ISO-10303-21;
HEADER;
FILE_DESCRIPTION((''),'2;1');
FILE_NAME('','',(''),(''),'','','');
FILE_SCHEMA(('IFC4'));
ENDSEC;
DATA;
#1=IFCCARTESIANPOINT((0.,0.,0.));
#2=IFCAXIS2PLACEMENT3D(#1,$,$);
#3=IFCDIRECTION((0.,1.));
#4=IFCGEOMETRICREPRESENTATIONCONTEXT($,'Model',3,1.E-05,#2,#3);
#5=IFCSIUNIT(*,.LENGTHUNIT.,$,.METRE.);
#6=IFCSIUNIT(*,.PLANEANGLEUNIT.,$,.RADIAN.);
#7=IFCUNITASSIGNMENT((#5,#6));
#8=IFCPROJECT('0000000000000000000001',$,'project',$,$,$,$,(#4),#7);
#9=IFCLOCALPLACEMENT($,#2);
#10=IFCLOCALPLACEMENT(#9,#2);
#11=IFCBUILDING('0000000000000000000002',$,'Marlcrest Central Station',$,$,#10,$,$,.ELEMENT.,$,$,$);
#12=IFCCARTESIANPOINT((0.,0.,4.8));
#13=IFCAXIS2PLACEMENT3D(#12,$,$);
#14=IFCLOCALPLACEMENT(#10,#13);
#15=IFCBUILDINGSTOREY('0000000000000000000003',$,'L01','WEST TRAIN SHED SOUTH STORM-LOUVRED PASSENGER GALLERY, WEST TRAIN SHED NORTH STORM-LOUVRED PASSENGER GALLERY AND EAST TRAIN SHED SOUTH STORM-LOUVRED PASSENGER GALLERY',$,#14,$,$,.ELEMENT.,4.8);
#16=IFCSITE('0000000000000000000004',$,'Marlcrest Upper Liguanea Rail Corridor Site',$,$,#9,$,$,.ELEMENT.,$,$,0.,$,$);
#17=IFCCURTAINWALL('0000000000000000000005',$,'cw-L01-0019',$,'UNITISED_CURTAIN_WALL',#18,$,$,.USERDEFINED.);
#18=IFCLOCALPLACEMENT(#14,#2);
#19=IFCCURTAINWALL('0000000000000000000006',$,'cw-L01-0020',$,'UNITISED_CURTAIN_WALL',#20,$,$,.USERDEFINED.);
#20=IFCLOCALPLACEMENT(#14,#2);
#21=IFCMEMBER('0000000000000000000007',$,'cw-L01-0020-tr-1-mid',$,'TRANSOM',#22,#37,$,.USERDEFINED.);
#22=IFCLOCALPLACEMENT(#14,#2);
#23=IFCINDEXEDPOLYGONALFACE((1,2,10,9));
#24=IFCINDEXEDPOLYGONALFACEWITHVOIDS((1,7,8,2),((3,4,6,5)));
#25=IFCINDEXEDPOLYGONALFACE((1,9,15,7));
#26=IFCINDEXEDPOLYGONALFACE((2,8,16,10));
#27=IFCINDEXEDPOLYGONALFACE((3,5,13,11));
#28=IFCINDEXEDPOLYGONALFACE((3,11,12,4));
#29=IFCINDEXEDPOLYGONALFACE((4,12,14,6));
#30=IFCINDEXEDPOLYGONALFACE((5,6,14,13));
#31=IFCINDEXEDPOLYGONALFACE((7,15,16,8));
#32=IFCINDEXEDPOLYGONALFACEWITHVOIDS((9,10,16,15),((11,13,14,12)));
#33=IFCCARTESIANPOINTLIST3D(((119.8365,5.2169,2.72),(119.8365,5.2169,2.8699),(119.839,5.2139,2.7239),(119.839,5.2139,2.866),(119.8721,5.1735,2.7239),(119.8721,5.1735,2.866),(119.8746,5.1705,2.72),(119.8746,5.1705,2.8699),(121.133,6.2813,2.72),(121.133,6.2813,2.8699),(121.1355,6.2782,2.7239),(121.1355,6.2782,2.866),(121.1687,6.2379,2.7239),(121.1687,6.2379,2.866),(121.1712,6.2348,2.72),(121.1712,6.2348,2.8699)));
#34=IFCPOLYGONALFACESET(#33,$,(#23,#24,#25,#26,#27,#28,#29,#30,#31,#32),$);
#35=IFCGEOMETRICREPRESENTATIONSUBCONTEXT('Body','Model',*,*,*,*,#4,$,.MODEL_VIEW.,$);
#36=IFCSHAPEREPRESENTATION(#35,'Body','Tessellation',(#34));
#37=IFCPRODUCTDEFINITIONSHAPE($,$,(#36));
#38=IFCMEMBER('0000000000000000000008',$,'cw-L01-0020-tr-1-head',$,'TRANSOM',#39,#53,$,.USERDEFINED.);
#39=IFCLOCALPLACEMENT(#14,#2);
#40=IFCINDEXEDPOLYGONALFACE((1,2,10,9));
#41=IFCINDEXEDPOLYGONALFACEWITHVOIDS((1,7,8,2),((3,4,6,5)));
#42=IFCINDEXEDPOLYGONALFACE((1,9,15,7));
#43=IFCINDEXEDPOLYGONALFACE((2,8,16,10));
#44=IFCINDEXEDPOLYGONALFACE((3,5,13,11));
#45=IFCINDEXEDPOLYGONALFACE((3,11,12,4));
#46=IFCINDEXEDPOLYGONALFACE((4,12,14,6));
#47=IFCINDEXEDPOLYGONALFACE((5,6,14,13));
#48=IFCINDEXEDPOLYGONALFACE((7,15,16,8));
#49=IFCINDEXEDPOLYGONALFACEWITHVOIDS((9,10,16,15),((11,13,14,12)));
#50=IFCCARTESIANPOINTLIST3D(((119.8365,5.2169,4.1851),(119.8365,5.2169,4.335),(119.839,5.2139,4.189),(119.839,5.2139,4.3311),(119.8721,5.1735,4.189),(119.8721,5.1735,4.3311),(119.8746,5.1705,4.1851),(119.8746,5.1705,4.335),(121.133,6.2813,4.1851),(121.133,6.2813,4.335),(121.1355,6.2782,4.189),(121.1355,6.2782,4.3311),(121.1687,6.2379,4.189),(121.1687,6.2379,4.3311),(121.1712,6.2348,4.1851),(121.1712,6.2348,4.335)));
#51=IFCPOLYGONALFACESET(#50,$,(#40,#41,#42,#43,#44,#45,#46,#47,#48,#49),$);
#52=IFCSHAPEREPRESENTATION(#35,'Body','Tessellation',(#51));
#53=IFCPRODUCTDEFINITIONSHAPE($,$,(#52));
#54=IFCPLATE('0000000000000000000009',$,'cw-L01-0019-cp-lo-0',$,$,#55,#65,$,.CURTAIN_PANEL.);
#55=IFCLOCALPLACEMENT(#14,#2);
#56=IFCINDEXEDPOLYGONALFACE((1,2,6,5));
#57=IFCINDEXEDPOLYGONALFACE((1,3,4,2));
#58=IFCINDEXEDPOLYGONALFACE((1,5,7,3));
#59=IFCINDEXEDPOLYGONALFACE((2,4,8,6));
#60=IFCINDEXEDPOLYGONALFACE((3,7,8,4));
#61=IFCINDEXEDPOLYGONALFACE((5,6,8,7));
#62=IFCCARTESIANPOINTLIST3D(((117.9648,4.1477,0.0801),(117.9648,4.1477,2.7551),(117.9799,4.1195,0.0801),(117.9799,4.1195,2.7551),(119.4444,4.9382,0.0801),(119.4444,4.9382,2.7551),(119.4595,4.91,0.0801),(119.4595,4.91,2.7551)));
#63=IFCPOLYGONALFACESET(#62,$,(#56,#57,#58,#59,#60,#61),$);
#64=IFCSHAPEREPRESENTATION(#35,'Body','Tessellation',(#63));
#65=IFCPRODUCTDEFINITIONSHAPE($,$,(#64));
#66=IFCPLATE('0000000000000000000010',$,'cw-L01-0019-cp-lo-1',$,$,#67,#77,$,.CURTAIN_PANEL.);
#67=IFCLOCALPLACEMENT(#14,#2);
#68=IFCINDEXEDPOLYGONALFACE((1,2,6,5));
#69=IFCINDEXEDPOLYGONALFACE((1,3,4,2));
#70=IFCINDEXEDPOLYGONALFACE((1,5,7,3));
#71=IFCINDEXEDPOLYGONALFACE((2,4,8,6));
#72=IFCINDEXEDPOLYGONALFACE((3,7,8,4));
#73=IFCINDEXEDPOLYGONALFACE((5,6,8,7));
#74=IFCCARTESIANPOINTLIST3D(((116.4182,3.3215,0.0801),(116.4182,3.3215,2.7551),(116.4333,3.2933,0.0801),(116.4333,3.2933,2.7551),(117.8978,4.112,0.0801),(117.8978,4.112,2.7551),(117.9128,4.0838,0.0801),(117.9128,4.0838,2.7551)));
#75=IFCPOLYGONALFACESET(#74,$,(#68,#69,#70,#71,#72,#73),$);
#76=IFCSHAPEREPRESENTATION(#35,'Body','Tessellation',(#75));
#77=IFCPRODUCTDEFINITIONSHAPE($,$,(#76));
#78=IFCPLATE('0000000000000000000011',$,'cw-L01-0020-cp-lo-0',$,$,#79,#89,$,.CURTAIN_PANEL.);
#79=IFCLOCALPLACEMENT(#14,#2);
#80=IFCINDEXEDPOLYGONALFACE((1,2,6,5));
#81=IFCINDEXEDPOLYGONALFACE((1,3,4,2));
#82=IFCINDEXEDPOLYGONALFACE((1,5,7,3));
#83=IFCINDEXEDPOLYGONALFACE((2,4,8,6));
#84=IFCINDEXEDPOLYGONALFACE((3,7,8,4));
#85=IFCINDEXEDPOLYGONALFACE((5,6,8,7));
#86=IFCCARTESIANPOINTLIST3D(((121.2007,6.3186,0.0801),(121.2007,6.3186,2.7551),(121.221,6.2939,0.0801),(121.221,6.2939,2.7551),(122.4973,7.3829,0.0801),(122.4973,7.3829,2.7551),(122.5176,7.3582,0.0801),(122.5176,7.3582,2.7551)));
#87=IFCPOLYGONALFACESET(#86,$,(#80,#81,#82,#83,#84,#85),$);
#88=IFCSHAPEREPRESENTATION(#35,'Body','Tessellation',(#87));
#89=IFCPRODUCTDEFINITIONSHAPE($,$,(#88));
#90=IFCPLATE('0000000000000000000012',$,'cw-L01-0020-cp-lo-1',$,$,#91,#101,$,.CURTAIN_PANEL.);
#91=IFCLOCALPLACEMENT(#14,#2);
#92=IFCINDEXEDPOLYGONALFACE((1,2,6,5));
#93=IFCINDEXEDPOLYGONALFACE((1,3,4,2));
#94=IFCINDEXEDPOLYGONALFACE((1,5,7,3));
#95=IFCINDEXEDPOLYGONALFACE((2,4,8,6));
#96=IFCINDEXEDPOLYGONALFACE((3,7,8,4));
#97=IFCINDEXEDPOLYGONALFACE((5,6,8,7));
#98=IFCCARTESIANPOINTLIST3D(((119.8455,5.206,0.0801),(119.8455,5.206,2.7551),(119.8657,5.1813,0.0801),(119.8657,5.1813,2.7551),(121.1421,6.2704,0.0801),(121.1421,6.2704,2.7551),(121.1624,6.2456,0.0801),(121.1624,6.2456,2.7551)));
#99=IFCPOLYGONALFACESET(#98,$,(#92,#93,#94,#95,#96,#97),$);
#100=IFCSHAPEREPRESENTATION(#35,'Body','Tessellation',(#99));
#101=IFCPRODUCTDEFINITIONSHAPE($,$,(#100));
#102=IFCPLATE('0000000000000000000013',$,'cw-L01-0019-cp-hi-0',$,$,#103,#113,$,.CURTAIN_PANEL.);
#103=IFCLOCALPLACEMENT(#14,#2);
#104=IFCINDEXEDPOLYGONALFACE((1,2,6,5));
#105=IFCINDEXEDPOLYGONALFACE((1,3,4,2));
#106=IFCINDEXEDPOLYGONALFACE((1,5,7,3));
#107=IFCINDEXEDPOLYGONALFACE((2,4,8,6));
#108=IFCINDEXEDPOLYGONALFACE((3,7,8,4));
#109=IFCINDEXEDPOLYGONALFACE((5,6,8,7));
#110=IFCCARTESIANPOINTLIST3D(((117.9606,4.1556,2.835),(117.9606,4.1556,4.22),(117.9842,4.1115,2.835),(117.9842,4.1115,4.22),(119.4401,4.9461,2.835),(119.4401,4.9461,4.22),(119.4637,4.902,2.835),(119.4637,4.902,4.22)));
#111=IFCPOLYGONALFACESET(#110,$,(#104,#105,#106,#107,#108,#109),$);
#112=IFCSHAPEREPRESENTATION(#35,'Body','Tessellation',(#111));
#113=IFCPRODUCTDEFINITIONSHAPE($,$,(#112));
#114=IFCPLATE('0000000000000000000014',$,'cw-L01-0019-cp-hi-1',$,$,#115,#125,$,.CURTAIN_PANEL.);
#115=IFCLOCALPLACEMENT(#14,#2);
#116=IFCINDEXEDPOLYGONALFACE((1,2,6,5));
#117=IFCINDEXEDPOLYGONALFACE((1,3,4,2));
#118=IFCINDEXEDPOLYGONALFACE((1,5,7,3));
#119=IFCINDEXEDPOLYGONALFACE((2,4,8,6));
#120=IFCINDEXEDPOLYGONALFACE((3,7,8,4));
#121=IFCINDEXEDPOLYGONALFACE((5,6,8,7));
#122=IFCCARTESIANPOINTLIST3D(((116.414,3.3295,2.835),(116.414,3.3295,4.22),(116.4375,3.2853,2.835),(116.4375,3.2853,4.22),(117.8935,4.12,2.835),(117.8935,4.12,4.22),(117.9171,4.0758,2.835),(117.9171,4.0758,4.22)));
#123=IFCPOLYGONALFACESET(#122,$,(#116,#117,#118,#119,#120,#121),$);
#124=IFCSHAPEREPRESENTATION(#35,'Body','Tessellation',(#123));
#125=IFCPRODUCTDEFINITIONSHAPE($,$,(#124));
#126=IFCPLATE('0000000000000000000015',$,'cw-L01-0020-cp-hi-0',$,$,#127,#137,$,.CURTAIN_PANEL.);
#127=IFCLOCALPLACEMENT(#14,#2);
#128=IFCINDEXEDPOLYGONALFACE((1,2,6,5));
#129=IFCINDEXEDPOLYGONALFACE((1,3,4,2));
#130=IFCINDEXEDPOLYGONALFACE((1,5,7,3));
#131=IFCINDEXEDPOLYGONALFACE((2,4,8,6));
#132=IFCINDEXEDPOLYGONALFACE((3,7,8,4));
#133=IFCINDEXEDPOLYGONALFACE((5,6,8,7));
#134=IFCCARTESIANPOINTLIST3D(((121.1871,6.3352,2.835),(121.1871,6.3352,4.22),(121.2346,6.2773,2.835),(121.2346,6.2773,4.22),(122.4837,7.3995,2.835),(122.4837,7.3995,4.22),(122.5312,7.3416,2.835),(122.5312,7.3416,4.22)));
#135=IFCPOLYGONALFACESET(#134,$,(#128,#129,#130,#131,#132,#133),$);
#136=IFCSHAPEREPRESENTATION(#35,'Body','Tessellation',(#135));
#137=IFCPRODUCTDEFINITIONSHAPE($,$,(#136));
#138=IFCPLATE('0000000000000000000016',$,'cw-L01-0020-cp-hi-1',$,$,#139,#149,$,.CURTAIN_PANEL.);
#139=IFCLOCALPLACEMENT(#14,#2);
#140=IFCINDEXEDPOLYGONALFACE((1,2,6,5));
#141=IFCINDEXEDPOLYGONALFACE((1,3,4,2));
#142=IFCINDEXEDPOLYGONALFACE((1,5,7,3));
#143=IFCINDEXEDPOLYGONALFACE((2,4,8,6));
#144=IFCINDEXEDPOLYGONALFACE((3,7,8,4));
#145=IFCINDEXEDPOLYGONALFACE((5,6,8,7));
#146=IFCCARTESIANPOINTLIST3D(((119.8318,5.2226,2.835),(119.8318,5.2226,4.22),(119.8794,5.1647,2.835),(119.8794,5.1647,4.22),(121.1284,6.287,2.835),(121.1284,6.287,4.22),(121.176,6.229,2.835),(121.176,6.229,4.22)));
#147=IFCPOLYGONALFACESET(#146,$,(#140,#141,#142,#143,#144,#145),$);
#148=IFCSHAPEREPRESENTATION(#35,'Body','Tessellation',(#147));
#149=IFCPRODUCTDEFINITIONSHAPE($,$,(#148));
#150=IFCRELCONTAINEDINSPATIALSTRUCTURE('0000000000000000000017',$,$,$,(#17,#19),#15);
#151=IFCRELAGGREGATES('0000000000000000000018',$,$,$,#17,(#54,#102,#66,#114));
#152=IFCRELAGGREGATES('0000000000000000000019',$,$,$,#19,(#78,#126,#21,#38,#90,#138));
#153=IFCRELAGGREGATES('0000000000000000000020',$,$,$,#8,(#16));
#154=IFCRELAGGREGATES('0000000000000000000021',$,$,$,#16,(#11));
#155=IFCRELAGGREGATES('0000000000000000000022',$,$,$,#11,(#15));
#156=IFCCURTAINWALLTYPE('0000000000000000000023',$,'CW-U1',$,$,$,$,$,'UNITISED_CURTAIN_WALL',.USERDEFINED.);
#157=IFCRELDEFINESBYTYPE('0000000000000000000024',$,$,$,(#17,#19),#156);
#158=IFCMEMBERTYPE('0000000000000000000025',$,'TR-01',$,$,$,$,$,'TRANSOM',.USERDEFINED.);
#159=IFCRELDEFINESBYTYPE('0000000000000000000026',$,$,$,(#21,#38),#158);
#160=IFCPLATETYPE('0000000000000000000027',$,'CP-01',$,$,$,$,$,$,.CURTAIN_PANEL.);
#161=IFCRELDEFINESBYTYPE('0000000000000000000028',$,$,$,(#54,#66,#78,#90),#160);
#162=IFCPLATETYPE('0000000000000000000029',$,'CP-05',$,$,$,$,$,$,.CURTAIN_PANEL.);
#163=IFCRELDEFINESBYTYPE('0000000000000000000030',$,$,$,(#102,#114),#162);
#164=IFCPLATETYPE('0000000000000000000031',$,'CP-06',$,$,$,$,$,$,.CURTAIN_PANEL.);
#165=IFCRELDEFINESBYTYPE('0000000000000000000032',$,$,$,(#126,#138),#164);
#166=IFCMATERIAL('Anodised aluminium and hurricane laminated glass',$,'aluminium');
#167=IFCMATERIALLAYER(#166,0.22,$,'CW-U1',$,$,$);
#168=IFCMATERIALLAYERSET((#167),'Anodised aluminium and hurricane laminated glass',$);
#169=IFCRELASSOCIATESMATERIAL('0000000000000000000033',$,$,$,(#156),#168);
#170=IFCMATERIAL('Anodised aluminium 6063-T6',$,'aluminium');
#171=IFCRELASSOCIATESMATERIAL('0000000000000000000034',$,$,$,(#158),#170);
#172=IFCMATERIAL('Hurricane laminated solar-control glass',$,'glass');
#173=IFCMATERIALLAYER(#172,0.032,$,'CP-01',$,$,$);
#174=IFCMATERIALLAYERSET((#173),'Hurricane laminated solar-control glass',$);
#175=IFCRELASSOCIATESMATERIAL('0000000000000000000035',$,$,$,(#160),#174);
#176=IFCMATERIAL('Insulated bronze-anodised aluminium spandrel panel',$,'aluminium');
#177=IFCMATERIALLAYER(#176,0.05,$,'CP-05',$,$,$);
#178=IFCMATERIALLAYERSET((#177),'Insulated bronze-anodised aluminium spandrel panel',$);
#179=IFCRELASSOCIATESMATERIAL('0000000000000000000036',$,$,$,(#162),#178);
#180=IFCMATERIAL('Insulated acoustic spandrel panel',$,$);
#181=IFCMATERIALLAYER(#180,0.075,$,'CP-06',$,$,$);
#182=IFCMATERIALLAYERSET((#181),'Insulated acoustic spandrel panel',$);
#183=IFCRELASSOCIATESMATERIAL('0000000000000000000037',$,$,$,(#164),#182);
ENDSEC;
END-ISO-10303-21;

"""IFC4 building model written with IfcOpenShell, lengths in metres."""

from ifc_helpers import new_model, si_unit, direction, frame, origin, origin_2d, place, context, subcontext, project, spatial, rectangle, hollow_rectangle, extrude, material, layer, layer_set, material_profile, profile_set, type_object, element, aggregate, save


model = new_model("IFC4")

# Units and contexts
model_context = context("Model", 3, precision=1e-05, world=origin(), true_north=direction((0.0, 1.0)))
body_context = subcontext(model_context, "Body", "Model", "MODEL_VIEW")
ifc_project = project(units=[si_unit("LENGTHUNIT", "METRE"), si_unit("PLANEANGLEUNIT", "RADIAN")], contexts=[model_context])

# Site, building, storey
site_placement = place(None, origin())
site = spatial("IfcSite", under=ifc_project, at=site_placement, Name="Marlcrest Upper Liguanea Rail Corridor Site", CompositionType="ELEMENT", RefElevation=0.0)
building_placement = place(site_placement, origin())
building = spatial("IfcBuilding", under=site, at=building_placement, Name="Marlcrest Central Station", CompositionType="ELEMENT")
storey_placement = place(building_placement, frame((0.0, 0.0, 4.8)))
storey = spatial("IfcBuildingStorey", under=building, at=storey_placement, Name="L01", Description="WEST TRAIN SHED SOUTH STORM-LOUVRED PASSENGER GALLERY, WEST TRAIN SHED NORTH STORM-LOUVRED PASSENGER GALLERY AND EAST TRAIN SHED SOUTH STORM-LOUVRED PASSENGER GALLERY", CompositionType="ELEMENT", Elevation=4.8)

# Curtain walls
ifc_material_1 = material(Name="Anodised aluminium and hurricane laminated glass", Category="aluminium")
ifc_layer_1 = layer(ifc_material_1, 0.22, Name="CW-U1")
ifc_layer_set_1 = layer_set([ifc_layer_1], Name="Anodised aluminium and hurricane laminated glass")
curtain_wall_type = type_object("IfcCurtainWallType", Name="CW-U1", ElementType="UNITISED_CURTAIN_WALL", PredefinedType="USERDEFINED", material=ifc_layer_set_1)
curtain_wall_1_placement = place(storey_placement, origin())
curtain_wall_1 = element("IfcCurtainWall", 1, at=curtain_wall_1_placement, inside=storey, type_object=curtain_wall_type, Name="cw-L01-0019", ObjectType="UNITISED_CURTAIN_WALL", PredefinedType="USERDEFINED")
ifc_material_2 = material(Name="Anodised aluminium 6063-T6", Category="aluminium")
curtain_wall_2_placement = place(storey_placement, origin())
curtain_wall_2 = element("IfcCurtainWall", 2, at=curtain_wall_2_placement, inside=storey, type_object=curtain_wall_type, Name="cw-L01-0020", ObjectType="UNITISED_CURTAIN_WALL", PredefinedType="USERDEFINED")

# Members
ifc_material_profile_1 = material_profile(ifc_material_2, hollow_rectangle(XDim=0.0601, YDim=0.1499, WallThickness=0.0039, at=origin_2d()), Name="AA-RHS 150x60x4")
ifc_profile_set_1 = profile_set([ifc_material_profile_1], Name="Anodised aluminium 6063-T6")
member_type_1 = type_object("IfcMemberType", Name="TR-01", ElementType="TRANSOM", PredefinedType="USERDEFINED", material=ifc_profile_set_1)
member_1_placement = place(storey_placement, frame((121.1521, 6.2581, 2.7949), z_axis=(-0.772912, -0.634513, 0.0), x_axis=(0.634513, -0.772912, 0.0)))
member_1 = element("IfcMember", 3, at=member_1_placement, type_object=member_type_1, Name="cw-L01-0020-tr-1-mid", ObjectType="TRANSOM", PredefinedType="USERDEFINED", context=body_context, shape_type="SweptSolid", body=[
    extrude(hollow_rectangle(XDim=0.0601, YDim=0.1499, WallThickness=0.0039, at=origin_2d()), origin(), (0.0, 0.0, 1.0), 1.6775),
])
member_2_placement = place(storey_placement, frame((121.1521, 6.2581, 4.26), z_axis=(-0.772912, -0.634513, 0.0), x_axis=(0.634513, -0.772912, 0.0)))
member_2 = element("IfcMember", 4, at=member_2_placement, type_object=member_type_1, Name="cw-L01-0020-tr-1-head", ObjectType="TRANSOM", PredefinedType="USERDEFINED", context=body_context, shape_type="SweptSolid", body=[
    extrude(hollow_rectangle(XDim=0.0601, YDim=0.1499, WallThickness=0.0039, at=origin_2d()), origin(), (0.0, 0.0, 1.0), 1.6775),
])

# Plates
ifc_material_3 = material(Name="Hurricane laminated solar-control glass", Category="glass")
ifc_layer_2 = layer(ifc_material_3, 0.032, Name="CP-01")
ifc_layer_set_2 = layer_set([ifc_layer_2], Name="Hurricane laminated solar-control glass")
plate_type_1 = type_object("IfcPlateType", Name="CP-01", PredefinedType="CURTAIN_PANEL", material=ifc_layer_set_2)
plate_1_placement = place(storey_placement, frame((118.7122, 4.5288, 0.0801), z_axis=(0.0, 0.0, 1.0), x_axis=(-0.882004, -0.471243, 0.0)))
plate_1 = element("IfcPlate", 5, at=plate_1_placement, type_object=plate_type_1, Name="cw-L01-0019-cp-lo-0", PredefinedType="CURTAIN_PANEL", context=body_context, shape_type="SweptSolid", body=[
    extrude(rectangle(XDim=1.6775, YDim=0.032, at=origin_2d()), origin(), (0.0, 0.0, 1.0), 2.675),
])
plate_2_placement = place(storey_placement, frame((117.1655, 3.7026, 0.0801), z_axis=(0.0, 0.0, 1.0), x_axis=(-0.882004, -0.471243, 0.0)))
plate_2 = element("IfcPlate", 6, at=plate_2_placement, type_object=plate_type_1, Name="cw-L01-0019-cp-lo-1", PredefinedType="CURTAIN_PANEL", context=body_context, shape_type="SweptSolid", body=[
    extrude(rectangle(XDim=1.6775, YDim=0.032, at=origin_2d()), origin(), (0.0, 0.0, 1.0), 2.675),
])
plate_3_placement = place(storey_placement, frame((121.8591, 6.8384, 0.0801), z_axis=(0.0, 0.0, 1.0), x_axis=(-0.772944, -0.634474, 0.0)))
plate_3 = element("IfcPlate", 7, at=plate_3_placement, type_object=plate_type_1, Name="cw-L01-0020-cp-lo-0", PredefinedType="CURTAIN_PANEL", context=body_context, shape_type="SweptSolid", body=[
    extrude(rectangle(XDim=1.6775, YDim=0.032, at=origin_2d()), origin(), (0.0, 0.0, 1.0), 2.675),
])
plate_4_placement = place(storey_placement, frame((120.5039, 5.7258, 0.0801), z_axis=(0.0, 0.0, 1.0), x_axis=(-0.772944, -0.634474, 0.0)))
plate_4 = element("IfcPlate", 8, at=plate_4_placement, type_object=plate_type_1, Name="cw-L01-0020-cp-lo-1", PredefinedType="CURTAIN_PANEL", context=body_context, shape_type="SweptSolid", body=[
    extrude(rectangle(XDim=1.6775, YDim=0.032, at=origin_2d()), origin(), (0.0, 0.0, 1.0), 2.675),
])
ifc_material_4 = material(Name="Insulated bronze-anodised aluminium spandrel panel", Category="aluminium")
ifc_layer_3 = layer(ifc_material_4, 0.05, Name="CP-05")
ifc_layer_set_3 = layer_set([ifc_layer_3], Name="Insulated bronze-anodised aluminium spandrel panel")
plate_type_2 = type_object("IfcPlateType", Name="CP-05", PredefinedType="CURTAIN_PANEL", material=ifc_layer_set_3)
plate_5_placement = place(storey_placement, frame((118.7122, 4.5288, 2.835), z_axis=(0.0, 0.0, 1.0), x_axis=(-0.882004, -0.471243, 0.0)))
plate_5 = element("IfcPlate", 9, at=plate_5_placement, type_object=plate_type_2, Name="cw-L01-0019-cp-hi-0", PredefinedType="CURTAIN_PANEL", context=body_context, shape_type="SweptSolid", body=[
    extrude(rectangle(XDim=1.6775, YDim=0.05, at=origin_2d()), origin(), (0.0, 0.0, 1.0), 1.385),
])
plate_6_placement = place(storey_placement, frame((117.1655, 3.7026, 2.835), z_axis=(0.0, 0.0, 1.0), x_axis=(-0.882004, -0.471243, 0.0)))
plate_6 = element("IfcPlate", 10, at=plate_6_placement, type_object=plate_type_2, Name="cw-L01-0019-cp-hi-1", PredefinedType="CURTAIN_PANEL", context=body_context, shape_type="SweptSolid", body=[
    extrude(rectangle(XDim=1.6775, YDim=0.05, at=origin_2d()), origin(), (0.0, 0.0, 1.0), 1.385),
])
aggregate(curtain_wall_1, [plate_1, plate_5, plate_2, plate_6])
ifc_material_5 = material(Name="Insulated acoustic spandrel panel")
ifc_layer_4 = layer(ifc_material_5, 0.075, Name="CP-06")
ifc_layer_set_4 = layer_set([ifc_layer_4], Name="Insulated acoustic spandrel panel")
plate_type_3 = type_object("IfcPlateType", Name="CP-06", PredefinedType="CURTAIN_PANEL", material=ifc_layer_set_4)
plate_7_placement = place(storey_placement, frame((121.8591, 6.8384, 2.835), z_axis=(0.0, 0.0, 1.0), x_axis=(-0.772944, -0.634474, 0.0)))
plate_7 = element("IfcPlate", 11, at=plate_7_placement, type_object=plate_type_3, Name="cw-L01-0020-cp-hi-0", PredefinedType="CURTAIN_PANEL", context=body_context, shape_type="SweptSolid", body=[
    extrude(rectangle(XDim=1.6775, YDim=0.075, at=origin_2d()), origin(), (0.0, 0.0, 1.0), 1.385),
])
plate_8_placement = place(storey_placement, frame((120.5039, 5.7258, 2.835), z_axis=(0.0, 0.0, 1.0), x_axis=(-0.772944, -0.634474, 0.0)))
plate_8 = element("IfcPlate", 12, at=plate_8_placement, type_object=plate_type_3, Name="cw-L01-0020-cp-hi-1", PredefinedType="CURTAIN_PANEL", context=body_context, shape_type="SweptSolid", body=[
    extrude(rectangle(XDim=1.6775, YDim=0.075, at=origin_2d()), origin(), (0.0, 0.0, 1.0), 1.385),
])
aggregate(curtain_wall_2, [plate_3, plate_7, member_1, member_2, plate_4, plate_8])

save(model, "model.ifc")
